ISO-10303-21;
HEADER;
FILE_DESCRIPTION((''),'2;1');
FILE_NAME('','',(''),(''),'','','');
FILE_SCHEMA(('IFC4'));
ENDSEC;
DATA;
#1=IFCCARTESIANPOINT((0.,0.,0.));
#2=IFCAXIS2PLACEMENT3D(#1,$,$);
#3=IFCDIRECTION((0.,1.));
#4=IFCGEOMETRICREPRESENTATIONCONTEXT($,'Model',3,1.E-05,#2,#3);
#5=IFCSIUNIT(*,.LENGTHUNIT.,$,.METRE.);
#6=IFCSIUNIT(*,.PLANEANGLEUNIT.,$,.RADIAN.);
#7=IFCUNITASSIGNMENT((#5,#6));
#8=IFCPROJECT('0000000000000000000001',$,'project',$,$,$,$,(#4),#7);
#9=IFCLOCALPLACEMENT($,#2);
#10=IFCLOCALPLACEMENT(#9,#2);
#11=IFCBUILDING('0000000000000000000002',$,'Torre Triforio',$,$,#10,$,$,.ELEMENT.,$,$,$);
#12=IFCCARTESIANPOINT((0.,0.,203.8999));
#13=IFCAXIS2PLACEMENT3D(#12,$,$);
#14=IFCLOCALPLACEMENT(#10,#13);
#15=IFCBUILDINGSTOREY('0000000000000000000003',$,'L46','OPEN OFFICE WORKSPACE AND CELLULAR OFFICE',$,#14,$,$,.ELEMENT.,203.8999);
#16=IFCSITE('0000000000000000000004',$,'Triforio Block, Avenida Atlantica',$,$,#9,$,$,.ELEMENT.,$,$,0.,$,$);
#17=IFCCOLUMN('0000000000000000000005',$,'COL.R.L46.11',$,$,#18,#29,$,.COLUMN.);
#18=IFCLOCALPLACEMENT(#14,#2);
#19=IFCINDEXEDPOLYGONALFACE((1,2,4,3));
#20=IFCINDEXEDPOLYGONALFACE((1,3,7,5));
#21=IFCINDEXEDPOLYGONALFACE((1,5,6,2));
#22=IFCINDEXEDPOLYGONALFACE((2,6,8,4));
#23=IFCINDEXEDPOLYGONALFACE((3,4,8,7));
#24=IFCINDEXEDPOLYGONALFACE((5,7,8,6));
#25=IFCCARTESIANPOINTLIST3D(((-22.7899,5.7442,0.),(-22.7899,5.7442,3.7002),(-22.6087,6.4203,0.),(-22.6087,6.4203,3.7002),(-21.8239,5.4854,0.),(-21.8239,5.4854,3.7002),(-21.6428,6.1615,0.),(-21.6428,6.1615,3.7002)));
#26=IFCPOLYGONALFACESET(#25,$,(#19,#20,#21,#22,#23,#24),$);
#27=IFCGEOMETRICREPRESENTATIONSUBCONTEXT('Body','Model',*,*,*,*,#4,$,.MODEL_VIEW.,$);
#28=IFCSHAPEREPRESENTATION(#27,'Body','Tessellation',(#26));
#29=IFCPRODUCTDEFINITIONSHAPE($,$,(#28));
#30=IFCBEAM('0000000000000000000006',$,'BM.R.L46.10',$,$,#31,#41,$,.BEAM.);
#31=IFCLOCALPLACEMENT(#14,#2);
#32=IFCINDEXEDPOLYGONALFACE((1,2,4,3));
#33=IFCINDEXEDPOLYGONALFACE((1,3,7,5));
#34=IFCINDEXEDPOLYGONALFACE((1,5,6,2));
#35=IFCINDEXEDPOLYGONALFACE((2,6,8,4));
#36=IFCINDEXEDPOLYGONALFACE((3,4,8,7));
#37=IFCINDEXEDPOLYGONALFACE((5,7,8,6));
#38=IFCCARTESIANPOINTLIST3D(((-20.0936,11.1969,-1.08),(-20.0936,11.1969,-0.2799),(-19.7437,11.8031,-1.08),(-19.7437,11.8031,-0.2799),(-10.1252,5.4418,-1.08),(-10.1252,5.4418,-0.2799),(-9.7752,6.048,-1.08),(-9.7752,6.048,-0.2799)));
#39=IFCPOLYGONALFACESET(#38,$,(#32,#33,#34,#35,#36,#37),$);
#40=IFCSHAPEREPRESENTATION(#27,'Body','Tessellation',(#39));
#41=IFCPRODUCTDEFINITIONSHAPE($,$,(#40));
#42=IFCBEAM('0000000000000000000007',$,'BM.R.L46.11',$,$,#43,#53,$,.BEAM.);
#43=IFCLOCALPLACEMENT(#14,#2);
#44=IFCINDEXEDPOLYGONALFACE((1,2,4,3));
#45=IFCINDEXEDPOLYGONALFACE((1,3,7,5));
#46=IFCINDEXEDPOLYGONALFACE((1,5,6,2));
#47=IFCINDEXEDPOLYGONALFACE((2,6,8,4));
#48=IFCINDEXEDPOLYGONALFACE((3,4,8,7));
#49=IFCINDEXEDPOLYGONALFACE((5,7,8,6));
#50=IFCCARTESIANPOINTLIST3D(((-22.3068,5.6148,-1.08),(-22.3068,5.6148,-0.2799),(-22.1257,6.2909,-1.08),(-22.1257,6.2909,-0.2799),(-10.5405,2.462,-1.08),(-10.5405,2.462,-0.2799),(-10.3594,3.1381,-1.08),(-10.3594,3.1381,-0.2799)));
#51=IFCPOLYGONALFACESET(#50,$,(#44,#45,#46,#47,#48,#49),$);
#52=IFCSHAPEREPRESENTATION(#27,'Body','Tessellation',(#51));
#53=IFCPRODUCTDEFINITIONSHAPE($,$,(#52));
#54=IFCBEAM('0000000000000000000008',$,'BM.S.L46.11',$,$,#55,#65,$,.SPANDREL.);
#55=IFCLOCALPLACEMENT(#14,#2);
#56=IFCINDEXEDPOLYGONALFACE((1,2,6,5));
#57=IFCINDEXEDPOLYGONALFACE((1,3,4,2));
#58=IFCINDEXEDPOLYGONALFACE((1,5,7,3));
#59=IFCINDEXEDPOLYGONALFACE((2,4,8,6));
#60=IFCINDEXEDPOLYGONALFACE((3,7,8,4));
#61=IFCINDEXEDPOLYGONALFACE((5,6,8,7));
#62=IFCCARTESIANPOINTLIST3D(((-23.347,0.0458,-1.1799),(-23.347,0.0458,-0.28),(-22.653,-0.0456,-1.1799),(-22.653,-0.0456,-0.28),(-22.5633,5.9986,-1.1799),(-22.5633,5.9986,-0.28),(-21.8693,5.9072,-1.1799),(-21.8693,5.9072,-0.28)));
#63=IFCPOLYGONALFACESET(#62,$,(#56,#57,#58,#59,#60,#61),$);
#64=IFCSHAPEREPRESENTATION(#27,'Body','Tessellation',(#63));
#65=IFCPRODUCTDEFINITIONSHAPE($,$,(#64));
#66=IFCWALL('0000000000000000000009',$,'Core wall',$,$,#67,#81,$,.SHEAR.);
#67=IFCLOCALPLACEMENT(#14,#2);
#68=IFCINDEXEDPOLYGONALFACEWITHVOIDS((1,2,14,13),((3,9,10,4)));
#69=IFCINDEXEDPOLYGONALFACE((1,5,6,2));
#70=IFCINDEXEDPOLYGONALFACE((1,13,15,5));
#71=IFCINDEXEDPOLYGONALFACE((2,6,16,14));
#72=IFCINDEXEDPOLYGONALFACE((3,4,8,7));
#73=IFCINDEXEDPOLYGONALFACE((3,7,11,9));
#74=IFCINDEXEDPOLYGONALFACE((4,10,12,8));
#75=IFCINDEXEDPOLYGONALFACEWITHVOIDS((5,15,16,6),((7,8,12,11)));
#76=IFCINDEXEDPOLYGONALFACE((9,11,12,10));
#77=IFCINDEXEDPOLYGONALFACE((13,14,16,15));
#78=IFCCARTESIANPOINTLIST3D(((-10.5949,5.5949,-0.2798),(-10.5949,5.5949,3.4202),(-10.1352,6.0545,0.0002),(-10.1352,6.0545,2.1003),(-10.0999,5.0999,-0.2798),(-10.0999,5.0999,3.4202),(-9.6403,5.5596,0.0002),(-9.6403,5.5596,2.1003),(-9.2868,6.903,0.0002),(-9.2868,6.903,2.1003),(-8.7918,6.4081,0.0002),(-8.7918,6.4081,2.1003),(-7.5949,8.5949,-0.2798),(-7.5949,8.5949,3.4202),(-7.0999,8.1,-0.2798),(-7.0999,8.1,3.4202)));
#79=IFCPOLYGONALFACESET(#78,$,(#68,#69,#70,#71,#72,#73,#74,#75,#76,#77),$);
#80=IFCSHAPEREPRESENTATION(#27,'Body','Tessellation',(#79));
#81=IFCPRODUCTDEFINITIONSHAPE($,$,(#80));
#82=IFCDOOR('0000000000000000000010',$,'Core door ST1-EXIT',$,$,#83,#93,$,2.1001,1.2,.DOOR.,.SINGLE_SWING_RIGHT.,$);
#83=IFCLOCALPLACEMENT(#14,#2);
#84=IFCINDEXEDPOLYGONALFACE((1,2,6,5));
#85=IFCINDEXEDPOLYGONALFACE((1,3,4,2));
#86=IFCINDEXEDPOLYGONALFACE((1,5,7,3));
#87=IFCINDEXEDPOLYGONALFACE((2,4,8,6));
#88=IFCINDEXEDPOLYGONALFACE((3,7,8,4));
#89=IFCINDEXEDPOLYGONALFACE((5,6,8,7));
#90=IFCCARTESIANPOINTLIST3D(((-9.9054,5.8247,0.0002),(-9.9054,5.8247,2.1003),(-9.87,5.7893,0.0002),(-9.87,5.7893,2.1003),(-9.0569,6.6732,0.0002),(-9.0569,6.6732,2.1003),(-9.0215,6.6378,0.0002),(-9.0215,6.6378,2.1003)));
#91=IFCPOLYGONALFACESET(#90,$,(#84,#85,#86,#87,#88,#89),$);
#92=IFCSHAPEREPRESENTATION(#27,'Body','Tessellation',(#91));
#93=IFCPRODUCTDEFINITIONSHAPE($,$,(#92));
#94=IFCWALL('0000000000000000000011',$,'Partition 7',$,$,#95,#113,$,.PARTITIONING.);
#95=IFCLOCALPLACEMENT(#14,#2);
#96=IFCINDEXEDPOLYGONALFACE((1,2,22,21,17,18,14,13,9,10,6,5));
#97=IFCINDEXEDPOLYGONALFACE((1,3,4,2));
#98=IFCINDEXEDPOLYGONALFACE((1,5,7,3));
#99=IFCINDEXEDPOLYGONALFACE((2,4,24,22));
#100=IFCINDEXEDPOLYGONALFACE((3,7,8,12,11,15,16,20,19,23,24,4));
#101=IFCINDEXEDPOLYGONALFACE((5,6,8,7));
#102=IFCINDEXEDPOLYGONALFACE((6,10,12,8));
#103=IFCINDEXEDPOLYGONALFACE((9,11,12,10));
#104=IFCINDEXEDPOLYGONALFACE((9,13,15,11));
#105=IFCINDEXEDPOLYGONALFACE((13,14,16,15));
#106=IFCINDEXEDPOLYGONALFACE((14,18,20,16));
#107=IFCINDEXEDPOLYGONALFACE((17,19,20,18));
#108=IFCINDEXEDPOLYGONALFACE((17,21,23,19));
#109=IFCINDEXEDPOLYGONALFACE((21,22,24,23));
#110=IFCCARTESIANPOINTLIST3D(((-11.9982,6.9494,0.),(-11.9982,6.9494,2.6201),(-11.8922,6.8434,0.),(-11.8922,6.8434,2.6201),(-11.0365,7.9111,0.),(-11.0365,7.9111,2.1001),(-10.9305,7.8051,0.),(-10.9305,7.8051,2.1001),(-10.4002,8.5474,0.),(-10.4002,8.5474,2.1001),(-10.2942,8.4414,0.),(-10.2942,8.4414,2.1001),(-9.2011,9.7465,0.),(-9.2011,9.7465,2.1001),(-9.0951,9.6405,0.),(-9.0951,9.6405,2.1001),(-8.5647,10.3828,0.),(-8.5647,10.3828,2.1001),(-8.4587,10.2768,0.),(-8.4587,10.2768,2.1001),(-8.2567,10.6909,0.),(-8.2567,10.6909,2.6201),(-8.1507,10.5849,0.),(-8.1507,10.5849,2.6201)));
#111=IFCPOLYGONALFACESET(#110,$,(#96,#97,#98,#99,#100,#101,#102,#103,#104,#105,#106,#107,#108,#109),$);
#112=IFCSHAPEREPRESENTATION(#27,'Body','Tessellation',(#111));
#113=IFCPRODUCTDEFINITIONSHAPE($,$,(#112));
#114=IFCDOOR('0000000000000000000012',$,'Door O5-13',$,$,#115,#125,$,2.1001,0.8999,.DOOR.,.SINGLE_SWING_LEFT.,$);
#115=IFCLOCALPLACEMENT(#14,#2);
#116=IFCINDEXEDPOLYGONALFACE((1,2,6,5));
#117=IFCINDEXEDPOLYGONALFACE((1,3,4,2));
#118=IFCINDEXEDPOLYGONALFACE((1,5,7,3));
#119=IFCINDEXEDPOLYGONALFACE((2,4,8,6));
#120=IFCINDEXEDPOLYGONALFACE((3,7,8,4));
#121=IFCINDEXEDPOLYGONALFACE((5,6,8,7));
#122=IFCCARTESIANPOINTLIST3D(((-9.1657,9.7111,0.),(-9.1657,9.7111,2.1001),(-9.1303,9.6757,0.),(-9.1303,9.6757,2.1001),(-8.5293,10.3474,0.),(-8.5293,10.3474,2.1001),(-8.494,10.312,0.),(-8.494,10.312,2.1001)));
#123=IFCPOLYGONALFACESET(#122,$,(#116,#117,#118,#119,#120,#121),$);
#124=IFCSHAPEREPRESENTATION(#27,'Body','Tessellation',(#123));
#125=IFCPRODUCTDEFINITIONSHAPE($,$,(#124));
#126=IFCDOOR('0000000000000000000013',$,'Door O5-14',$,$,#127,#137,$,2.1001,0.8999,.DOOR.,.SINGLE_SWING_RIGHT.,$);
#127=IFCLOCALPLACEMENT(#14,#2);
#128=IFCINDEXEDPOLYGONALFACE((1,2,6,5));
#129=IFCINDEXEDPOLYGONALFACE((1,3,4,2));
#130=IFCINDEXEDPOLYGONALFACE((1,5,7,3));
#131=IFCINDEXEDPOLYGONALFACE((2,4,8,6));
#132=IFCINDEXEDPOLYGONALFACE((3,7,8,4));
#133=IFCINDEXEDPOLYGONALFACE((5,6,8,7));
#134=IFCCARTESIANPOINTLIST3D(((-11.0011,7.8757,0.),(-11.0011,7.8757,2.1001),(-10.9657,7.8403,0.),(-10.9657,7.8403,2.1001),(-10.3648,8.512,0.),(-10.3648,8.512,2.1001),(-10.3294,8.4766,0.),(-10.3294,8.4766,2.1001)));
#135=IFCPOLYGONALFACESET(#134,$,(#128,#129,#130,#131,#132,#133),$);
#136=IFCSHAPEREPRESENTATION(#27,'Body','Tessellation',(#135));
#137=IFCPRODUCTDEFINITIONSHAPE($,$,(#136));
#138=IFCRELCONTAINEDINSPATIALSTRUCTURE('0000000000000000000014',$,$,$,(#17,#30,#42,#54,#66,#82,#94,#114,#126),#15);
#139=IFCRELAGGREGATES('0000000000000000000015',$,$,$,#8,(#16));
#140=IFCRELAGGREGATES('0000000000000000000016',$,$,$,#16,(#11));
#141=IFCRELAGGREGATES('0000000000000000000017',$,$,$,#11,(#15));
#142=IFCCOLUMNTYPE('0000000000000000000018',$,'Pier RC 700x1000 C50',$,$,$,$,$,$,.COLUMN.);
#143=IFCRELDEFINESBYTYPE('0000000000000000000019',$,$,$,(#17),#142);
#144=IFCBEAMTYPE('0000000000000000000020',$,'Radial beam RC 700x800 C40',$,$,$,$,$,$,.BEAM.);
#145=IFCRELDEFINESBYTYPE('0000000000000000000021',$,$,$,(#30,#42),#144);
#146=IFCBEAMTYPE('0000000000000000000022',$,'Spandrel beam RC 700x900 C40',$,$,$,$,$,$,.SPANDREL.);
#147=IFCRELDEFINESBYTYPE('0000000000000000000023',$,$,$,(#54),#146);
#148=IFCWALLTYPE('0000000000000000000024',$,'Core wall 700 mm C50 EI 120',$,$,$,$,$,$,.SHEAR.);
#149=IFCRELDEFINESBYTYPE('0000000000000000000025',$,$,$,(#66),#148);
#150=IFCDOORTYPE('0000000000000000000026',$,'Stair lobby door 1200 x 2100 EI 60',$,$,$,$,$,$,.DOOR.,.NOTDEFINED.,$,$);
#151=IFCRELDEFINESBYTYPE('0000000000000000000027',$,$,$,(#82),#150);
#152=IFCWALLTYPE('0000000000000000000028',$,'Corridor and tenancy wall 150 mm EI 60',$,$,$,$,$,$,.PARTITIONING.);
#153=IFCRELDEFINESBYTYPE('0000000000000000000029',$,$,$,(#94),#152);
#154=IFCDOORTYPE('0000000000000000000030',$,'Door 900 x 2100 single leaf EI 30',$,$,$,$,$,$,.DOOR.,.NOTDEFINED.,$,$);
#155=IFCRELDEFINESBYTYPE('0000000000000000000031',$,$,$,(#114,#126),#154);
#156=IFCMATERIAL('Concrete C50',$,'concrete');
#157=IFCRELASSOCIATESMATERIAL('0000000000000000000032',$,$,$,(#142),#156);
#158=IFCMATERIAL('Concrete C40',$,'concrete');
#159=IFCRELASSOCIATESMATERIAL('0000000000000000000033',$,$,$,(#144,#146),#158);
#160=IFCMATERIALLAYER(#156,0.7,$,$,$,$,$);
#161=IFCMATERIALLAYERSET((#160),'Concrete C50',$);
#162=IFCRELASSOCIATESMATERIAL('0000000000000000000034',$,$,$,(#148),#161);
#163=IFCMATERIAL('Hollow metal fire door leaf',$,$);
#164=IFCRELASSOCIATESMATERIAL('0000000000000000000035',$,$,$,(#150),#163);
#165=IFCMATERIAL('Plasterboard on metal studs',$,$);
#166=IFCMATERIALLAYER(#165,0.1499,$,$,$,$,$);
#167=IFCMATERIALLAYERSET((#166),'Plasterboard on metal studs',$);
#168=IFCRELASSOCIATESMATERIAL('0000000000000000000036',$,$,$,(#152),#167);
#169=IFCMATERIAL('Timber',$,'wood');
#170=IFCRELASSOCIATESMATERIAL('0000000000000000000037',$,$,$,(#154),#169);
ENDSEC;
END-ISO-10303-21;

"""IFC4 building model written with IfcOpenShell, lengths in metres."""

from ifc_helpers import new_model, si_unit, direction, frame, frame_2d, origin, origin_2d, place, context, subcontext, project, spatial, rectangle, extrude, material, layer, layer_set, material_profile, profile_set, type_object, element, fill, save


model = new_model("IFC4")

# Units and contexts
model_context = context("Model", 3, precision=1e-05, world=origin(), true_north=direction((0.0, 1.0)))
body_context = subcontext(model_context, "Body", "Model", "MODEL_VIEW")
ifc_project = project(units=[si_unit("LENGTHUNIT", "METRE"), si_unit("PLANEANGLEUNIT", "RADIAN")], contexts=[model_context])

# Site, building, storey
site_placement = place(None, origin())
site = spatial("IfcSite", under=ifc_project, at=site_placement, Name="Triforio Block, Avenida Atlantica", CompositionType="ELEMENT", RefElevation=0.0)
building_placement = place(site_placement, origin())
building = spatial("IfcBuilding", under=site, at=building_placement, Name="Torre Triforio", CompositionType="ELEMENT")
storey_placement = place(building_placement, frame((0.0, 0.0, 203.8999)))
storey = spatial("IfcBuildingStorey", under=building, at=storey_placement, Name="L46", Description="OPEN OFFICE WORKSPACE AND CELLULAR OFFICE", CompositionType="ELEMENT", Elevation=203.8999)

# Column
ifc_material_1 = material(Name="Concrete C50", Category="concrete")
ifc_material_profile_1 = material_profile(ifc_material_1, rectangle(XDim=0.7, YDim=1.0, at=origin_2d()), Name="RC 700x1000")
ifc_profile_set_1 = profile_set([ifc_material_profile_1], Name="Concrete C50")
column_type = type_object("IfcColumnType", Name="Pier RC 700x1000 C50", PredefinedType="COLUMN", material=ifc_profile_set_1)
column_placement = place(storey_placement, frame((-22.2163, 5.9529, 0.0), z_axis=(0.0, 0.0, 1.0), x_axis=(-0.258819, -0.965926, 0.0)))
element("IfcColumn", 1, at=column_placement, inside=storey, type_object=column_type, Name="COL.R.L46.11", PredefinedType="COLUMN", context=body_context, shape_type="SweptSolid", body=[
    extrude(rectangle(XDim=0.7, YDim=1.0, at=origin_2d()), origin(), (0.0, 0.0, 1.0), 3.7002),
])

# Beams
ifc_material_2 = material(Name="Concrete C40", Category="concrete")
ifc_material_profile_2 = material_profile(ifc_material_2, rectangle(XDim=0.7, YDim=0.8, at=origin_2d()), Name="RC 700x800")
ifc_profile_set_2 = profile_set([ifc_material_profile_2], Name="Concrete C40")
beam_type_1 = type_object("IfcBeamType", Name="Radial beam RC 700x800 C40", PredefinedType="BEAM", material=ifc_profile_set_2)
beam_1_placement = place(storey_placement, frame((-9.9502, 5.7449, -0.6799), z_axis=(-0.866033, 0.499987, 0.0), x_axis=(-0.499987, -0.866033, 0.0)))
element("IfcBeam", 2, at=beam_1_placement, inside=storey, type_object=beam_type_1, Name="BM.R.L46.10", PredefinedType="BEAM", context=body_context, shape_type="SweptSolid", body=[
    extrude(rectangle(XDim=0.7, YDim=0.8, at=origin_2d()), origin(), (0.0, 0.0, 1.0), 11.5105),
])
beam_2_placement = place(storey_placement, frame((-10.45, 2.8, -0.6799), z_axis=(-0.965925, 0.258823, 0.0), x_axis=(-0.258823, -0.965925, 0.0)))
element("IfcBeam", 3, at=beam_2_placement, inside=storey, type_object=beam_type_1, Name="BM.R.L46.11", PredefinedType="BEAM", context=body_context, shape_type="SweptSolid", body=[
    extrude(rectangle(XDim=0.7, YDim=0.8, at=origin_2d()), origin(), (0.0, 0.0, 1.0), 12.1814),
])
ifc_material_profile_3 = material_profile(ifc_material_2, rectangle(XDim=0.7, YDim=0.8999, at=origin_2d()), Name="RC 700x900")
ifc_profile_set_3 = profile_set([ifc_material_profile_3], Name="Concrete C40")
beam_type_2 = type_object("IfcBeamType", Name="Spandrel beam RC 700x900 C40", PredefinedType="SPANDREL", material=ifc_profile_set_3)
beam_3_placement = place(storey_placement, frame((-22.2163, 5.9529, -0.73), z_axis=(-0.130523, -0.991445, 0.0), x_axis=(0.991445, -0.130523, 0.0)))
element("IfcBeam", 4, at=beam_3_placement, inside=storey, type_object=beam_type_2, Name="BM.S.L46.11", PredefinedType="SPANDREL", context=body_context, shape_type="SweptSolid", body=[
    extrude(rectangle(XDim=0.7, YDim=0.8999, at=origin_2d()), origin(), (0.0, 0.0, 1.0), 6.0042),
])

# Wall, opening, door
ifc_layer_1 = layer(ifc_material_1, 0.7)
ifc_layer_set_1 = layer_set([ifc_layer_1], Name="Concrete C50")
wall_type_1 = type_object("IfcWallType", Name="Core wall 700 mm C50 EI 120", PredefinedType="SHEAR", material=ifc_layer_set_1)
wall_1_placement = place(storey_placement, frame((-10.3474, 5.3474, -0.2798), z_axis=(0.0, 0.0, 1.0), x_axis=(0.707107, 0.707107, 0.0)))
wall_1 = element("IfcWall", 5, at=wall_1_placement, inside=storey, type_object=wall_type_1, Name="Core wall", PredefinedType="SHEAR", context=body_context, shape_type="SweptSolid", body=[
    extrude(rectangle(XDim=4.2427, YDim=0.7, at=frame_2d((2.1213, 0.0))), origin(), (0.0, 0.0, 1.0), 3.7),
])
opening_1_placement = place(wall_1_placement, frame((0.6499, 0.0, 0.28)))
opening_1 = element("IfcOpeningElement", 6, at=opening_1_placement, cuts=wall_1, PredefinedType="OPENING", context=body_context, shape_type="SweptSolid", body=[
    extrude(rectangle(XDim=1.2, YDim=2.1001, at=frame_2d((0.6001, 1.05))), frame((0.0, 0.3599, 0.0), z_axis=(0.0, -1.0, 0.0), x_axis=(1.0, 0.0, 0.0)), (0.0, 0.0, 1.0), 0.72),
])
ifc_material_3 = material(Name="Hollow metal fire door leaf")
door_type_1 = type_object("IfcDoorType", Name="Stair lobby door 1200 x 2100 EI 60", OperationType="NOTDEFINED", PredefinedType="DOOR", material=ifc_material_3)
door_1_placement = place(opening_1_placement, origin())
door_1 = element("IfcDoor", 7, at=door_1_placement, inside=storey, type_object=door_type_1, Name="Core door ST1-EXIT", OperationType="SINGLE_SWING_RIGHT", OverallHeight=2.1001, OverallWidth=1.2, PredefinedType="DOOR", context=body_context, shape_type="SweptSolid", body=[
    extrude(rectangle(XDim=1.2, YDim=2.1001, at=frame_2d((0.6001, 1.05))), frame((0.0, 0.0249, 0.0), z_axis=(0.0, -1.0, 0.0), x_axis=(1.0, 0.0, 0.0)), (0.0, 0.0, 1.0), 0.05),
])
fill(opening_1, door_1)

# Wall, openings, doors
ifc_material_4 = material(Name="Plasterboard on metal studs")
ifc_layer_2 = layer(ifc_material_4, 0.1499)
ifc_layer_set_2 = layer_set([ifc_layer_2], Name="Plasterboard on metal studs")
wall_type_2 = type_object("IfcWallType", Name="Corridor and tenancy wall 150 mm EI 60", PredefinedType="PARTITIONING", material=ifc_layer_set_2)
wall_2_placement = place(storey_placement, frame((-11.9451, 6.8965, 0.0), z_axis=(0.0, 0.0, 1.0), x_axis=(0.707107, 0.707107, 0.0)))
wall_2 = element("IfcWall", 8, at=wall_2_placement, inside=storey, type_object=wall_type_2, Name="Partition 7", PredefinedType="PARTITIONING", context=body_context, shape_type="SweptSolid", body=[
    extrude(rectangle(XDim=5.2913, YDim=0.1499, at=frame_2d((2.6455, 0.0))), origin(), (0.0, 0.0, 1.0), 2.6201),
])
opening_2_placement = place(wall_2_placement, frame((3.9556, 0.0, 0.0)))
opening_2 = element("IfcOpeningElement", 9, at=opening_2_placement, cuts=wall_2, PredefinedType="OPENING", context=body_context, shape_type="SweptSolid", body=[
    extrude(rectangle(XDim=0.8999, YDim=2.1001, at=frame_2d((0.45, 1.05))), frame((0.0, 0.085, 0.0), z_axis=(0.0, -1.0, 0.0), x_axis=(1.0, 0.0, 0.0)), (0.0, 0.0, 1.0), 0.1699),
])
opening_3_placement = place(wall_2_placement, frame((1.3599, 0.0, 0.0)))
opening_3 = element("IfcOpeningElement", 10, at=opening_3_placement, cuts=wall_2, PredefinedType="OPENING", context=body_context, shape_type="SweptSolid", body=[
    extrude(rectangle(XDim=0.8999, YDim=2.1001, at=frame_2d((0.45, 1.05))), frame((0.0, 0.085, 0.0), z_axis=(0.0, -1.0, 0.0), x_axis=(1.0, 0.0, 0.0)), (0.0, 0.0, 1.0), 0.1699),
])
ifc_material_5 = material(Name="Timber", Category="wood")
door_type_2 = type_object("IfcDoorType", Name="Door 900 x 2100 single leaf EI 30", OperationType="NOTDEFINED", PredefinedType="DOOR", material=ifc_material_5)
door_2_placement = place(opening_2_placement, origin())
door_2 = element("IfcDoor", 11, at=door_2_placement, inside=storey, type_object=door_type_2, Name="Door O5-13", OperationType="SINGLE_SWING_LEFT", OverallHeight=2.1001, OverallWidth=0.8999, PredefinedType="DOOR", context=body_context, shape_type="SweptSolid", body=[
    extrude(rectangle(XDim=0.8999, YDim=2.1001, at=frame_2d((0.45, 1.05))), frame((0.0, 0.0249, 0.0), z_axis=(0.0, -1.0, 0.0), x_axis=(1.0, 0.0, 0.0)), (0.0, 0.0, 1.0), 0.05),
])
fill(opening_2, door_2)
door_3_placement = place(opening_3_placement, origin())
door_3 = element("IfcDoor", 12, at=door_3_placement, inside=storey, type_object=door_type_2, Name="Door O5-14", OperationType="SINGLE_SWING_RIGHT", OverallHeight=2.1001, OverallWidth=0.8999, PredefinedType="DOOR", context=body_context, shape_type="SweptSolid", body=[
    extrude(rectangle(XDim=0.8999, YDim=2.1001, at=frame_2d((0.45, 1.05))), frame((0.0, 0.0249, 0.0), z_axis=(0.0, -1.0, 0.0), x_axis=(1.0, 0.0, 0.0)), (0.0, 0.0, 1.0), 0.05),
])
fill(opening_3, door_3)

save(model, "model.ifc")
